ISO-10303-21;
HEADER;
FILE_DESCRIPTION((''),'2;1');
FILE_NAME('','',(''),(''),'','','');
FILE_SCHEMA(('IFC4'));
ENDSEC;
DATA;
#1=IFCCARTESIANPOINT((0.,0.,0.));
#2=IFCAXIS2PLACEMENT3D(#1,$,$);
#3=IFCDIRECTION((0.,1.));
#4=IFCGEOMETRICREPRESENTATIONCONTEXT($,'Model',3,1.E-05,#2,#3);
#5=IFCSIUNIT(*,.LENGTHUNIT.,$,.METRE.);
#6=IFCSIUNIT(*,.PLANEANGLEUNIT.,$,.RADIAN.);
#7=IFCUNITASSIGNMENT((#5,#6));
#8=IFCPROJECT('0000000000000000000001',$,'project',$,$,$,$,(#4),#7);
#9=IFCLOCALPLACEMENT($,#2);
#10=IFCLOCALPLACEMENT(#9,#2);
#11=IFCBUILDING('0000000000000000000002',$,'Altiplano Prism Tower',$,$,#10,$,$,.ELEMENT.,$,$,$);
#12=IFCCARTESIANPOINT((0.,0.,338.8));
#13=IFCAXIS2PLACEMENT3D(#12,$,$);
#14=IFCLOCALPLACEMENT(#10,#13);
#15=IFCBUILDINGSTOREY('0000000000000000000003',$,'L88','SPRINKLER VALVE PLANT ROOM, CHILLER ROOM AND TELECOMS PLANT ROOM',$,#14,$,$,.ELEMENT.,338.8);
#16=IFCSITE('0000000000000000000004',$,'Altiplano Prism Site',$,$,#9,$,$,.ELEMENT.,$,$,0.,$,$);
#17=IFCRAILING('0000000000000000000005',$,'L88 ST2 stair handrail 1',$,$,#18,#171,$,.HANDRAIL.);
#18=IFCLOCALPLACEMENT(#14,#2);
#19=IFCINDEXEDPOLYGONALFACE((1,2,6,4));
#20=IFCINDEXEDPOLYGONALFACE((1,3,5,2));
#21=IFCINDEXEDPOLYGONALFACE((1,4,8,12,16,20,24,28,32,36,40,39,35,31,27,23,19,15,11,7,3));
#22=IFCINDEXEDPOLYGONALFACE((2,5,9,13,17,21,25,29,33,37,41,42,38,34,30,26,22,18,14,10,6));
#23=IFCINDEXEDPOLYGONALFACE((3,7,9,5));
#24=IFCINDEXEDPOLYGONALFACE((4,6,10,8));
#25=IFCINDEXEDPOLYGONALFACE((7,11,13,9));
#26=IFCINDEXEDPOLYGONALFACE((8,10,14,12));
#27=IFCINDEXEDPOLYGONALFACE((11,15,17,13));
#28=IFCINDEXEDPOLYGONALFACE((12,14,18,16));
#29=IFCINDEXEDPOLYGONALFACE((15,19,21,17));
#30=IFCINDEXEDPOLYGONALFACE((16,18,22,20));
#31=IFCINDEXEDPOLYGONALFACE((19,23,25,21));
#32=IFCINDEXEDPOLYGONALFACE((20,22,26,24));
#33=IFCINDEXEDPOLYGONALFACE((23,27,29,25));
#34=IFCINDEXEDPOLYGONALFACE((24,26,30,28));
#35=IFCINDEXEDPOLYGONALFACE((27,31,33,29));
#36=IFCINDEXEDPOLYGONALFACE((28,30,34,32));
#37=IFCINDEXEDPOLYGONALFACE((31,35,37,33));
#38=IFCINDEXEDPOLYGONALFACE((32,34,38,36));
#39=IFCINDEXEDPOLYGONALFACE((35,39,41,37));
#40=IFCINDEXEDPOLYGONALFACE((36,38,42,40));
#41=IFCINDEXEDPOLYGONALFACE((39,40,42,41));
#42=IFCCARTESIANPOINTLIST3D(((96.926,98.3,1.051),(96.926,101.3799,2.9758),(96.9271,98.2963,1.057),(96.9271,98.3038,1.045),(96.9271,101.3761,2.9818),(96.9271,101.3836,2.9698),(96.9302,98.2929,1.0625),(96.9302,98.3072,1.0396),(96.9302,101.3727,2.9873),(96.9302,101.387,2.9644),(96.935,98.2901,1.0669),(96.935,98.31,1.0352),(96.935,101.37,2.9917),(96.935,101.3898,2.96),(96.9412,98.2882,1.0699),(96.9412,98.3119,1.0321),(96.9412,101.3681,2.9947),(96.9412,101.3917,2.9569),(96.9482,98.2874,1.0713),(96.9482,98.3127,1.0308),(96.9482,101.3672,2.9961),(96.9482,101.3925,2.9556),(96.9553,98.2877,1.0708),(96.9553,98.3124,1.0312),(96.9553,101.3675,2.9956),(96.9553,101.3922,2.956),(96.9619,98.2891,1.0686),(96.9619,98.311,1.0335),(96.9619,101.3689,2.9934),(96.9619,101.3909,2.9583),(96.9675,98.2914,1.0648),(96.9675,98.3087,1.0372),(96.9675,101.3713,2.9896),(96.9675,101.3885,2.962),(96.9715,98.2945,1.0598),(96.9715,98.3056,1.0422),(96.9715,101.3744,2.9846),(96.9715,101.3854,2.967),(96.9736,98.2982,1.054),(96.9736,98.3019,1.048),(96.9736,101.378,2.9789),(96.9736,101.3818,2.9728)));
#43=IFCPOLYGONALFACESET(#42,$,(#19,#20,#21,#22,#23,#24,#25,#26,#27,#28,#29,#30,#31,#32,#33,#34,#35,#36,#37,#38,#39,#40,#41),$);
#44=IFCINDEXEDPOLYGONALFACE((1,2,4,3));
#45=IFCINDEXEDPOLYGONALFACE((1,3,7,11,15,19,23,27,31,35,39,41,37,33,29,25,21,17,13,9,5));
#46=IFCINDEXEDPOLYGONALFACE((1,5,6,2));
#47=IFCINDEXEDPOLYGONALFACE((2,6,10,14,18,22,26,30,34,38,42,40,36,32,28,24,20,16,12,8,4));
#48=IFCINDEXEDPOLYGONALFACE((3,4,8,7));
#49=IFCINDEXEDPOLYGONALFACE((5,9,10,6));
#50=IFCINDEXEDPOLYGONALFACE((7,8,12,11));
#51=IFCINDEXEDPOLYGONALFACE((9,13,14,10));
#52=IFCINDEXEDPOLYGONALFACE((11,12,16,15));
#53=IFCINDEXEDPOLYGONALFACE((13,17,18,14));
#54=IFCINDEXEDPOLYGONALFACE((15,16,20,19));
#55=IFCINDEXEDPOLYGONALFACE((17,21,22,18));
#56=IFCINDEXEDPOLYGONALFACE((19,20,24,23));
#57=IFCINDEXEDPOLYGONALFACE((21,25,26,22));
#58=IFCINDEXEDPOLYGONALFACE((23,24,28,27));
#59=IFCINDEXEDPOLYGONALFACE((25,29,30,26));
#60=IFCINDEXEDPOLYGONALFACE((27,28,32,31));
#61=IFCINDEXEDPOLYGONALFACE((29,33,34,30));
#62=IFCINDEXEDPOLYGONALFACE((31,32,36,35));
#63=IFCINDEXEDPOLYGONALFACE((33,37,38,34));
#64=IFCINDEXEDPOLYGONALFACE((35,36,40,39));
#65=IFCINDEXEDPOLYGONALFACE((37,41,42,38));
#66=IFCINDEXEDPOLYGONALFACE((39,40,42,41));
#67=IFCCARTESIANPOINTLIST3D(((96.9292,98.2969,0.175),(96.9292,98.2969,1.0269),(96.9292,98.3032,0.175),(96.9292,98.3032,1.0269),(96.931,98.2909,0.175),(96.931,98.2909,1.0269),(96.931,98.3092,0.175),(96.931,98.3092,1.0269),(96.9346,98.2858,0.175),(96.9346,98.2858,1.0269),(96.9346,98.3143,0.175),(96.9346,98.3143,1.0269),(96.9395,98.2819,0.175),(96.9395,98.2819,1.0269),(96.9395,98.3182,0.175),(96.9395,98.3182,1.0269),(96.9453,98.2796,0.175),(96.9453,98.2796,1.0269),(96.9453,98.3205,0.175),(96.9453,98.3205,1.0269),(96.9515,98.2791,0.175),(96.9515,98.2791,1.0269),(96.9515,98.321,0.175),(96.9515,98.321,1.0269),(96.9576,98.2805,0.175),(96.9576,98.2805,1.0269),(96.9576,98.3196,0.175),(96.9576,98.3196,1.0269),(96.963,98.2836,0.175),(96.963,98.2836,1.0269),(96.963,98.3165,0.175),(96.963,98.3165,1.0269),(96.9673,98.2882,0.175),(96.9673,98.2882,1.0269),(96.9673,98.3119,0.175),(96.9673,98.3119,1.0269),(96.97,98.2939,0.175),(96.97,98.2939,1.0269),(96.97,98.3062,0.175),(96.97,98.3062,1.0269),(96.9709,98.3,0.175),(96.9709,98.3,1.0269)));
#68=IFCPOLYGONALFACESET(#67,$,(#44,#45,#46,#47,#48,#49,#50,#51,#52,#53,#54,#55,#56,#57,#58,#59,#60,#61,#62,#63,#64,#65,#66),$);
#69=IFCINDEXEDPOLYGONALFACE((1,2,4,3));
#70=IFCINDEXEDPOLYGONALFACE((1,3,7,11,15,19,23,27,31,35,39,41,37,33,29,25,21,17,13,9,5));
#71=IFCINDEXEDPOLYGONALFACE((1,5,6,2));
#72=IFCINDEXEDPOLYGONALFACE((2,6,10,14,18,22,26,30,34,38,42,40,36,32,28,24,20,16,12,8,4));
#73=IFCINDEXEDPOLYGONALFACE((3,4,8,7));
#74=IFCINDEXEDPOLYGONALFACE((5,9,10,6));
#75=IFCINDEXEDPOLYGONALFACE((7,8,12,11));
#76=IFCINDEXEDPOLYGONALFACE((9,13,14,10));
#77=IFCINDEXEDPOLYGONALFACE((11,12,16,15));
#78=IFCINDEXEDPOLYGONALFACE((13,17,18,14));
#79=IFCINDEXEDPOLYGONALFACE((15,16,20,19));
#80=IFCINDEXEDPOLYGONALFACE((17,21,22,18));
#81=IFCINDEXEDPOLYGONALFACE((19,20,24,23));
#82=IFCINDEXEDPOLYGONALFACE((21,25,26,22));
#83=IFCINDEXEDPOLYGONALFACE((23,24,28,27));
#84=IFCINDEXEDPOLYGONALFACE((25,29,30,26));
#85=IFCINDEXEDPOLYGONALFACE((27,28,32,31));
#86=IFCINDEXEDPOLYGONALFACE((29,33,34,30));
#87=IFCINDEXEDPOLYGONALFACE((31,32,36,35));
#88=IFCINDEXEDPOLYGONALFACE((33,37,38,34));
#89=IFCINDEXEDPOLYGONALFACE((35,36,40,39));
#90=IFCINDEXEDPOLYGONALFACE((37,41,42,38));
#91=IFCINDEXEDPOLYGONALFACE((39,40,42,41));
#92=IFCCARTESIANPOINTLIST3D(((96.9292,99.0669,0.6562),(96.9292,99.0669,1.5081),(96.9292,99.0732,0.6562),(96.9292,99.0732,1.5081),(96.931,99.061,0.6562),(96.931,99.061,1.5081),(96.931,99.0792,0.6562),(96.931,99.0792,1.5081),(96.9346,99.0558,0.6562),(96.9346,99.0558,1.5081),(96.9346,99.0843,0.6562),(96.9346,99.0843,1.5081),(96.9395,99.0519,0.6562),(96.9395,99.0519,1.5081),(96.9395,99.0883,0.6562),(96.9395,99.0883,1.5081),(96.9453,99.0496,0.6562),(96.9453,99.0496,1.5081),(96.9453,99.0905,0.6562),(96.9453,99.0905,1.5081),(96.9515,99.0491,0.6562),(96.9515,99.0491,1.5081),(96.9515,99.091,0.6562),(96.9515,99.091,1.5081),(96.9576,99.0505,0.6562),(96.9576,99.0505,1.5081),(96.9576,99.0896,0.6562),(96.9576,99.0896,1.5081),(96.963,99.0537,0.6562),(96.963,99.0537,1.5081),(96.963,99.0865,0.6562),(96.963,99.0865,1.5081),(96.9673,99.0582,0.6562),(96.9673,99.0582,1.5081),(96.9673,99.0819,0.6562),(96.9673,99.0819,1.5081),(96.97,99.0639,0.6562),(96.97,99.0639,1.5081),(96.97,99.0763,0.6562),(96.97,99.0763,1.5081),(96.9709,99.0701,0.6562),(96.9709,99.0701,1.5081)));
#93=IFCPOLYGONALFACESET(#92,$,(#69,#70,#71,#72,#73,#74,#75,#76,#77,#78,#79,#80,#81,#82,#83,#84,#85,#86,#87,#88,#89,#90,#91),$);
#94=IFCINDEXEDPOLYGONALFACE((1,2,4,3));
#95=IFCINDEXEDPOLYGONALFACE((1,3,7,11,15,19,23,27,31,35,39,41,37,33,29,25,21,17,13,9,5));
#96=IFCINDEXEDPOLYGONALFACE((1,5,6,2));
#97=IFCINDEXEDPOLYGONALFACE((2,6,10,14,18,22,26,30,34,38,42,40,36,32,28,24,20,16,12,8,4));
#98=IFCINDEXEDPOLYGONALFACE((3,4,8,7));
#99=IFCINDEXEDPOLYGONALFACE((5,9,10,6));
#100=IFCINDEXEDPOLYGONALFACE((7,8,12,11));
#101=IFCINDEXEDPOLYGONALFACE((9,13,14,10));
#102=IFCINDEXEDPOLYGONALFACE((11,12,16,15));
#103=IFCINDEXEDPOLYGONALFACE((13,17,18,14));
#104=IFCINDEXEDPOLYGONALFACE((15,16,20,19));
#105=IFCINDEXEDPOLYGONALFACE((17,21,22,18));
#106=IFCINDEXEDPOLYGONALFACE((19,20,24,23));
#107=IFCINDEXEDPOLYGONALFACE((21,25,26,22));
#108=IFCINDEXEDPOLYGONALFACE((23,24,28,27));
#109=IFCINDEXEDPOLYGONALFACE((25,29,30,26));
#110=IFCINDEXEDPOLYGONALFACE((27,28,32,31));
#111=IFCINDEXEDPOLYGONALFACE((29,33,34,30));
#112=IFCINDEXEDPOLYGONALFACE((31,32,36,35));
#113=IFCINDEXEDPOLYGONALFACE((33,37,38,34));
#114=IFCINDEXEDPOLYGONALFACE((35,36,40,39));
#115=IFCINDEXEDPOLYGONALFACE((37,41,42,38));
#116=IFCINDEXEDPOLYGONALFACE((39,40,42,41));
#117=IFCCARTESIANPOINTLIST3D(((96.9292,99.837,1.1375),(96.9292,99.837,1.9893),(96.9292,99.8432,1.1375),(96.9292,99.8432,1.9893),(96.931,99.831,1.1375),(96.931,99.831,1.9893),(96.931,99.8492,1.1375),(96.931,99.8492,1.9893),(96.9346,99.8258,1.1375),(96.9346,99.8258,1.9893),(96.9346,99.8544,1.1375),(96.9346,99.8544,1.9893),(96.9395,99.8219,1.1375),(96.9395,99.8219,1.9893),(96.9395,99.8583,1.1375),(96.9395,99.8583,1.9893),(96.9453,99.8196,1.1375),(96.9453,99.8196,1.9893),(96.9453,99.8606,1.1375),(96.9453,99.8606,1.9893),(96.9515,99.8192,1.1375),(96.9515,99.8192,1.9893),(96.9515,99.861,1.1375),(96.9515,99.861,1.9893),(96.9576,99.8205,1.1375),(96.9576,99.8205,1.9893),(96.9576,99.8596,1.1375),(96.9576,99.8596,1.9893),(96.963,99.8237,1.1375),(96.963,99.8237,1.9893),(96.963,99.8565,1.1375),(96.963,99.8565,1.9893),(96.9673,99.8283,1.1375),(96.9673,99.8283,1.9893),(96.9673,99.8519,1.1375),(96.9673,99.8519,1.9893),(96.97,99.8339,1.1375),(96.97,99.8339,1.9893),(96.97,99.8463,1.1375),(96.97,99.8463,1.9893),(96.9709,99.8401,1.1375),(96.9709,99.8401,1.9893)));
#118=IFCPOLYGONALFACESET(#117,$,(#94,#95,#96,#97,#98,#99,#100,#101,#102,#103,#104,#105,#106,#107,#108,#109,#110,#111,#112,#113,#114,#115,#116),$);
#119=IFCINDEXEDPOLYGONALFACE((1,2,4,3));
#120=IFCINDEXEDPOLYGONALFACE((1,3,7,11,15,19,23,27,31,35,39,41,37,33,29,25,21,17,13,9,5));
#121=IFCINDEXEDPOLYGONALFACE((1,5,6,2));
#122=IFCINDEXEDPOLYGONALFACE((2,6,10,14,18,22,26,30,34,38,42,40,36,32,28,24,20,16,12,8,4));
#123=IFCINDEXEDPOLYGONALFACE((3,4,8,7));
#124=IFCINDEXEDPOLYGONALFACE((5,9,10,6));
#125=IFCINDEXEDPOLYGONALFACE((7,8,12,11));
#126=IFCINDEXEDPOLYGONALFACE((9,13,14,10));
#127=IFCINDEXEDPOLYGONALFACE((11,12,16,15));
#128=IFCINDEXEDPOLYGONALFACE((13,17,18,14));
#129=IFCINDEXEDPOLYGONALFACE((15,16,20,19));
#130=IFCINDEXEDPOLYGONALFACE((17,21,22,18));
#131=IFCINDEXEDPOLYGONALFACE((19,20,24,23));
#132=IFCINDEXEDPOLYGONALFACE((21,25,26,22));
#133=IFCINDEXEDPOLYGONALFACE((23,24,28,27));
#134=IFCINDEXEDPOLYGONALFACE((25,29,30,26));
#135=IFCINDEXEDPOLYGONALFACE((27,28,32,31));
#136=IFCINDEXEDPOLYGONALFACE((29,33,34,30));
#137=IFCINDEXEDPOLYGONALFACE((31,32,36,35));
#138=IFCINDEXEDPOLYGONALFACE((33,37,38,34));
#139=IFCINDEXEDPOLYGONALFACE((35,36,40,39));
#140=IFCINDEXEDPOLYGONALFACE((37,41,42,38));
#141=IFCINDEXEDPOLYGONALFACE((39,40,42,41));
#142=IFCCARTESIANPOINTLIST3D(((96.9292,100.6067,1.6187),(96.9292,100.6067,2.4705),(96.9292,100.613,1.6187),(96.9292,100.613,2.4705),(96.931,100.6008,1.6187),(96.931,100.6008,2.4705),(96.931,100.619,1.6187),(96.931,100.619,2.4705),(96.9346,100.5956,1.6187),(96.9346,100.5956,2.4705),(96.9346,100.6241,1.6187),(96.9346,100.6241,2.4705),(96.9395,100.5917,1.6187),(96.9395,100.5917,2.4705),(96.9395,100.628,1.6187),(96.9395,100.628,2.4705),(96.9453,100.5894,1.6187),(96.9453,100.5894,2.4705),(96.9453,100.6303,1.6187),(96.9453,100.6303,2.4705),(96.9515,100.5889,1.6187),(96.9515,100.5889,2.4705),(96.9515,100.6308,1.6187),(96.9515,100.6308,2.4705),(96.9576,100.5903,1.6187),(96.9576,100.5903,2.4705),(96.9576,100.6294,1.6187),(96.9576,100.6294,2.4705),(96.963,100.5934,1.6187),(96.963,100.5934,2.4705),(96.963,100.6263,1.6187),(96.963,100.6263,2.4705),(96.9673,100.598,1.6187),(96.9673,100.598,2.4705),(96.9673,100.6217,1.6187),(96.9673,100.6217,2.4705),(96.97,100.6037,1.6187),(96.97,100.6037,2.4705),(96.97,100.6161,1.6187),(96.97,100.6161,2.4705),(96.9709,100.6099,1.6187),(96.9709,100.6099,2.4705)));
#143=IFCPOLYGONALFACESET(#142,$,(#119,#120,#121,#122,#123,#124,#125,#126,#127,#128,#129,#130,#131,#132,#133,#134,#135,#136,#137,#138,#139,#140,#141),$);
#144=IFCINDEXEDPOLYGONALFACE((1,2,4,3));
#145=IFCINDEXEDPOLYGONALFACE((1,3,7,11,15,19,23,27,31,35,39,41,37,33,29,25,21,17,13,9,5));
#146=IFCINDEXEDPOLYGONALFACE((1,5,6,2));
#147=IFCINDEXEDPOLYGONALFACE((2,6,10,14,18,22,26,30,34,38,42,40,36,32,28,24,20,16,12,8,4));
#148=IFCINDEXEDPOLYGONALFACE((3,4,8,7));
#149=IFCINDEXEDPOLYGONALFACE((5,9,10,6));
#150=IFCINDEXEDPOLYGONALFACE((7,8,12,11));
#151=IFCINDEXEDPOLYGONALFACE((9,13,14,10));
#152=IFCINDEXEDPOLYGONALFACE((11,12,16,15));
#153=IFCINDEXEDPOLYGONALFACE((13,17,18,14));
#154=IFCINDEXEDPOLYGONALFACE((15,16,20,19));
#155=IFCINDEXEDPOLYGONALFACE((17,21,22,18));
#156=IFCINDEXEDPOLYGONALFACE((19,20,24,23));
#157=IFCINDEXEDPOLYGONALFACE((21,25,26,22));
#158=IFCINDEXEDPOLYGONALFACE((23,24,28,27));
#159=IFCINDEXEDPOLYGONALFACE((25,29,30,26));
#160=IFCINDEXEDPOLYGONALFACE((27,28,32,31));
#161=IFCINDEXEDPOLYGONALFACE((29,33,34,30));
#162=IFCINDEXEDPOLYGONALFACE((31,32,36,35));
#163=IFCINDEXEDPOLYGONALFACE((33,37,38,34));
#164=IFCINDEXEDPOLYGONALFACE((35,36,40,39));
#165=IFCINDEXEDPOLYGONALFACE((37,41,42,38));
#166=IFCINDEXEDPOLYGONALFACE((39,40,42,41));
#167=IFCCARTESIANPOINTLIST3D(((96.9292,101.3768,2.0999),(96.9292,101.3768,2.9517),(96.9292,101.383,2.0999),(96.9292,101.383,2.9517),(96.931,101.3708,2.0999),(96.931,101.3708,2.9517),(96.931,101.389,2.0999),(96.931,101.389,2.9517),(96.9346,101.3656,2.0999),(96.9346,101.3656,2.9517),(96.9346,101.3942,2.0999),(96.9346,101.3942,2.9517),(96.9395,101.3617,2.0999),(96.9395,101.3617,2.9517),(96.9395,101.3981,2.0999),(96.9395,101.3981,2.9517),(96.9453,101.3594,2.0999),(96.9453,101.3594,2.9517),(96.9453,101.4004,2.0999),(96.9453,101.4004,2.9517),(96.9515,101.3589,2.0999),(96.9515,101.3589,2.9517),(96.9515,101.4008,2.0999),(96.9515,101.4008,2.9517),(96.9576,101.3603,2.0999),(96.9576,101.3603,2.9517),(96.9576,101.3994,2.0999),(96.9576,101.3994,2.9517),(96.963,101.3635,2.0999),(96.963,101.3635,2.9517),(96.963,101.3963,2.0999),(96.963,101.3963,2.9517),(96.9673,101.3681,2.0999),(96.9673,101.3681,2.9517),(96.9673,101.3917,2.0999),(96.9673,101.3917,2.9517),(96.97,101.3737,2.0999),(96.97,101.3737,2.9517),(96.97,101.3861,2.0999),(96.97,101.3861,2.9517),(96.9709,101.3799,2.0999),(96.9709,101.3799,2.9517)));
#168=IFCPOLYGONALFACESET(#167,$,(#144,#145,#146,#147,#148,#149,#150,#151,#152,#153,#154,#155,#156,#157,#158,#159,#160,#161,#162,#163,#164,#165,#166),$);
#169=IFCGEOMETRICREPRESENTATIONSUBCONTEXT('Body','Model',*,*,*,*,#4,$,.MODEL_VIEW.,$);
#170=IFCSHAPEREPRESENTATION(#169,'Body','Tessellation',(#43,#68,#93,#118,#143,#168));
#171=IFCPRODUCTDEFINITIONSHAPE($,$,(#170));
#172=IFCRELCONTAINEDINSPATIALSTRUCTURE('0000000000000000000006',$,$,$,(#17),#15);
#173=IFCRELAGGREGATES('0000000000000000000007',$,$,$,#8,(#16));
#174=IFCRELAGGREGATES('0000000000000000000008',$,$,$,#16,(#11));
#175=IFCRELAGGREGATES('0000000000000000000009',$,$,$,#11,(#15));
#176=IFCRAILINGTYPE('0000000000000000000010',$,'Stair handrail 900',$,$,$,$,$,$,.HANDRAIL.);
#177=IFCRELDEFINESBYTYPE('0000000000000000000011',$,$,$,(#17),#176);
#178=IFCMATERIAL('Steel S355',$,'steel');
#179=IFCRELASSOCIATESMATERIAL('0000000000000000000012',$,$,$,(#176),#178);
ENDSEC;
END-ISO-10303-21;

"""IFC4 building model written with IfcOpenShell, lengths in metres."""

from ifc_helpers import new_model, si_unit, direction, frame, origin, origin_2d, place, context, subcontext, project, spatial, circle, extrude, material, type_object, element, save


model = new_model("IFC4")

# Units and contexts
model_context = context("Model", 3, precision=1e-05, world=origin(), true_north=direction((0.0, 1.0)))
body_context = subcontext(model_context, "Body", "Model", "MODEL_VIEW")
ifc_project = project(units=[si_unit("LENGTHUNIT", "METRE"), si_unit("PLANEANGLEUNIT", "RADIAN")], contexts=[model_context])

# Site, building, storey
site_placement = place(None, origin())
site = spatial("IfcSite", under=ifc_project, at=site_placement, Name="Altiplano Prism Site", CompositionType="ELEMENT", RefElevation=0.0)
building_placement = place(site_placement, origin())
building = spatial("IfcBuilding", under=site, at=building_placement, Name="Altiplano Prism Tower", CompositionType="ELEMENT")
storey_placement = place(building_placement, frame((0.0, 0.0, 338.8)))
storey = spatial("IfcBuildingStorey", under=building, at=storey_placement, Name="L88", Description="SPRINKLER VALVE PLANT ROOM, CHILLER ROOM AND TELECOMS PLANT ROOM", CompositionType="ELEMENT", Elevation=338.8)

# Railing
ifc_material_1 = material(Name="Steel S355", Category="steel")
railing_type_1 = type_object("IfcRailingType", Name="Stair handrail 900", PredefinedType="HANDRAIL", material=ifc_material_1)
railing_1_placement = place(storey_placement, frame((96.95, 98.3, 0.175)))
element("IfcRailing", 1, at=railing_1_placement, inside=storey, type_object=railing_type_1, Name="L88 ST2 stair handrail 1", PredefinedType="HANDRAIL", context=body_context, shape_type="SweptSolid", body=[
    extrude(circle(Radius=0.0239, at=origin_2d()), frame((0.0, 0.0, 0.876), z_axis=(0.0, 0.84801, 0.529981), x_axis=(-1.0, 0.0, 0.0)), (0.0, 0.0, 1.0), 3.6318),
    extrude(circle(Radius=0.021, at=origin_2d()), origin(), (0.0, 0.0, 1.0), 0.8518),
    extrude(circle(Radius=0.021, at=origin_2d()), frame((0.0, 0.77, 0.4812)), (0.0, 0.0, 1.0), 0.8518),
    extrude(circle(Radius=0.021, at=origin_2d()), frame((0.0, 1.54, 0.9624)), (0.0, 0.0, 1.0), 0.8518),
    extrude(circle(Radius=0.021, at=origin_2d()), frame((0.0, 2.3098, 1.4436)), (0.0, 0.0, 1.0), 0.8518),
    extrude(circle(Radius=0.021, at=origin_2d()), frame((0.0, 3.0798, 1.9248)), (0.0, 0.0, 1.0), 0.8518),
])

save(model, "model.ifc")
